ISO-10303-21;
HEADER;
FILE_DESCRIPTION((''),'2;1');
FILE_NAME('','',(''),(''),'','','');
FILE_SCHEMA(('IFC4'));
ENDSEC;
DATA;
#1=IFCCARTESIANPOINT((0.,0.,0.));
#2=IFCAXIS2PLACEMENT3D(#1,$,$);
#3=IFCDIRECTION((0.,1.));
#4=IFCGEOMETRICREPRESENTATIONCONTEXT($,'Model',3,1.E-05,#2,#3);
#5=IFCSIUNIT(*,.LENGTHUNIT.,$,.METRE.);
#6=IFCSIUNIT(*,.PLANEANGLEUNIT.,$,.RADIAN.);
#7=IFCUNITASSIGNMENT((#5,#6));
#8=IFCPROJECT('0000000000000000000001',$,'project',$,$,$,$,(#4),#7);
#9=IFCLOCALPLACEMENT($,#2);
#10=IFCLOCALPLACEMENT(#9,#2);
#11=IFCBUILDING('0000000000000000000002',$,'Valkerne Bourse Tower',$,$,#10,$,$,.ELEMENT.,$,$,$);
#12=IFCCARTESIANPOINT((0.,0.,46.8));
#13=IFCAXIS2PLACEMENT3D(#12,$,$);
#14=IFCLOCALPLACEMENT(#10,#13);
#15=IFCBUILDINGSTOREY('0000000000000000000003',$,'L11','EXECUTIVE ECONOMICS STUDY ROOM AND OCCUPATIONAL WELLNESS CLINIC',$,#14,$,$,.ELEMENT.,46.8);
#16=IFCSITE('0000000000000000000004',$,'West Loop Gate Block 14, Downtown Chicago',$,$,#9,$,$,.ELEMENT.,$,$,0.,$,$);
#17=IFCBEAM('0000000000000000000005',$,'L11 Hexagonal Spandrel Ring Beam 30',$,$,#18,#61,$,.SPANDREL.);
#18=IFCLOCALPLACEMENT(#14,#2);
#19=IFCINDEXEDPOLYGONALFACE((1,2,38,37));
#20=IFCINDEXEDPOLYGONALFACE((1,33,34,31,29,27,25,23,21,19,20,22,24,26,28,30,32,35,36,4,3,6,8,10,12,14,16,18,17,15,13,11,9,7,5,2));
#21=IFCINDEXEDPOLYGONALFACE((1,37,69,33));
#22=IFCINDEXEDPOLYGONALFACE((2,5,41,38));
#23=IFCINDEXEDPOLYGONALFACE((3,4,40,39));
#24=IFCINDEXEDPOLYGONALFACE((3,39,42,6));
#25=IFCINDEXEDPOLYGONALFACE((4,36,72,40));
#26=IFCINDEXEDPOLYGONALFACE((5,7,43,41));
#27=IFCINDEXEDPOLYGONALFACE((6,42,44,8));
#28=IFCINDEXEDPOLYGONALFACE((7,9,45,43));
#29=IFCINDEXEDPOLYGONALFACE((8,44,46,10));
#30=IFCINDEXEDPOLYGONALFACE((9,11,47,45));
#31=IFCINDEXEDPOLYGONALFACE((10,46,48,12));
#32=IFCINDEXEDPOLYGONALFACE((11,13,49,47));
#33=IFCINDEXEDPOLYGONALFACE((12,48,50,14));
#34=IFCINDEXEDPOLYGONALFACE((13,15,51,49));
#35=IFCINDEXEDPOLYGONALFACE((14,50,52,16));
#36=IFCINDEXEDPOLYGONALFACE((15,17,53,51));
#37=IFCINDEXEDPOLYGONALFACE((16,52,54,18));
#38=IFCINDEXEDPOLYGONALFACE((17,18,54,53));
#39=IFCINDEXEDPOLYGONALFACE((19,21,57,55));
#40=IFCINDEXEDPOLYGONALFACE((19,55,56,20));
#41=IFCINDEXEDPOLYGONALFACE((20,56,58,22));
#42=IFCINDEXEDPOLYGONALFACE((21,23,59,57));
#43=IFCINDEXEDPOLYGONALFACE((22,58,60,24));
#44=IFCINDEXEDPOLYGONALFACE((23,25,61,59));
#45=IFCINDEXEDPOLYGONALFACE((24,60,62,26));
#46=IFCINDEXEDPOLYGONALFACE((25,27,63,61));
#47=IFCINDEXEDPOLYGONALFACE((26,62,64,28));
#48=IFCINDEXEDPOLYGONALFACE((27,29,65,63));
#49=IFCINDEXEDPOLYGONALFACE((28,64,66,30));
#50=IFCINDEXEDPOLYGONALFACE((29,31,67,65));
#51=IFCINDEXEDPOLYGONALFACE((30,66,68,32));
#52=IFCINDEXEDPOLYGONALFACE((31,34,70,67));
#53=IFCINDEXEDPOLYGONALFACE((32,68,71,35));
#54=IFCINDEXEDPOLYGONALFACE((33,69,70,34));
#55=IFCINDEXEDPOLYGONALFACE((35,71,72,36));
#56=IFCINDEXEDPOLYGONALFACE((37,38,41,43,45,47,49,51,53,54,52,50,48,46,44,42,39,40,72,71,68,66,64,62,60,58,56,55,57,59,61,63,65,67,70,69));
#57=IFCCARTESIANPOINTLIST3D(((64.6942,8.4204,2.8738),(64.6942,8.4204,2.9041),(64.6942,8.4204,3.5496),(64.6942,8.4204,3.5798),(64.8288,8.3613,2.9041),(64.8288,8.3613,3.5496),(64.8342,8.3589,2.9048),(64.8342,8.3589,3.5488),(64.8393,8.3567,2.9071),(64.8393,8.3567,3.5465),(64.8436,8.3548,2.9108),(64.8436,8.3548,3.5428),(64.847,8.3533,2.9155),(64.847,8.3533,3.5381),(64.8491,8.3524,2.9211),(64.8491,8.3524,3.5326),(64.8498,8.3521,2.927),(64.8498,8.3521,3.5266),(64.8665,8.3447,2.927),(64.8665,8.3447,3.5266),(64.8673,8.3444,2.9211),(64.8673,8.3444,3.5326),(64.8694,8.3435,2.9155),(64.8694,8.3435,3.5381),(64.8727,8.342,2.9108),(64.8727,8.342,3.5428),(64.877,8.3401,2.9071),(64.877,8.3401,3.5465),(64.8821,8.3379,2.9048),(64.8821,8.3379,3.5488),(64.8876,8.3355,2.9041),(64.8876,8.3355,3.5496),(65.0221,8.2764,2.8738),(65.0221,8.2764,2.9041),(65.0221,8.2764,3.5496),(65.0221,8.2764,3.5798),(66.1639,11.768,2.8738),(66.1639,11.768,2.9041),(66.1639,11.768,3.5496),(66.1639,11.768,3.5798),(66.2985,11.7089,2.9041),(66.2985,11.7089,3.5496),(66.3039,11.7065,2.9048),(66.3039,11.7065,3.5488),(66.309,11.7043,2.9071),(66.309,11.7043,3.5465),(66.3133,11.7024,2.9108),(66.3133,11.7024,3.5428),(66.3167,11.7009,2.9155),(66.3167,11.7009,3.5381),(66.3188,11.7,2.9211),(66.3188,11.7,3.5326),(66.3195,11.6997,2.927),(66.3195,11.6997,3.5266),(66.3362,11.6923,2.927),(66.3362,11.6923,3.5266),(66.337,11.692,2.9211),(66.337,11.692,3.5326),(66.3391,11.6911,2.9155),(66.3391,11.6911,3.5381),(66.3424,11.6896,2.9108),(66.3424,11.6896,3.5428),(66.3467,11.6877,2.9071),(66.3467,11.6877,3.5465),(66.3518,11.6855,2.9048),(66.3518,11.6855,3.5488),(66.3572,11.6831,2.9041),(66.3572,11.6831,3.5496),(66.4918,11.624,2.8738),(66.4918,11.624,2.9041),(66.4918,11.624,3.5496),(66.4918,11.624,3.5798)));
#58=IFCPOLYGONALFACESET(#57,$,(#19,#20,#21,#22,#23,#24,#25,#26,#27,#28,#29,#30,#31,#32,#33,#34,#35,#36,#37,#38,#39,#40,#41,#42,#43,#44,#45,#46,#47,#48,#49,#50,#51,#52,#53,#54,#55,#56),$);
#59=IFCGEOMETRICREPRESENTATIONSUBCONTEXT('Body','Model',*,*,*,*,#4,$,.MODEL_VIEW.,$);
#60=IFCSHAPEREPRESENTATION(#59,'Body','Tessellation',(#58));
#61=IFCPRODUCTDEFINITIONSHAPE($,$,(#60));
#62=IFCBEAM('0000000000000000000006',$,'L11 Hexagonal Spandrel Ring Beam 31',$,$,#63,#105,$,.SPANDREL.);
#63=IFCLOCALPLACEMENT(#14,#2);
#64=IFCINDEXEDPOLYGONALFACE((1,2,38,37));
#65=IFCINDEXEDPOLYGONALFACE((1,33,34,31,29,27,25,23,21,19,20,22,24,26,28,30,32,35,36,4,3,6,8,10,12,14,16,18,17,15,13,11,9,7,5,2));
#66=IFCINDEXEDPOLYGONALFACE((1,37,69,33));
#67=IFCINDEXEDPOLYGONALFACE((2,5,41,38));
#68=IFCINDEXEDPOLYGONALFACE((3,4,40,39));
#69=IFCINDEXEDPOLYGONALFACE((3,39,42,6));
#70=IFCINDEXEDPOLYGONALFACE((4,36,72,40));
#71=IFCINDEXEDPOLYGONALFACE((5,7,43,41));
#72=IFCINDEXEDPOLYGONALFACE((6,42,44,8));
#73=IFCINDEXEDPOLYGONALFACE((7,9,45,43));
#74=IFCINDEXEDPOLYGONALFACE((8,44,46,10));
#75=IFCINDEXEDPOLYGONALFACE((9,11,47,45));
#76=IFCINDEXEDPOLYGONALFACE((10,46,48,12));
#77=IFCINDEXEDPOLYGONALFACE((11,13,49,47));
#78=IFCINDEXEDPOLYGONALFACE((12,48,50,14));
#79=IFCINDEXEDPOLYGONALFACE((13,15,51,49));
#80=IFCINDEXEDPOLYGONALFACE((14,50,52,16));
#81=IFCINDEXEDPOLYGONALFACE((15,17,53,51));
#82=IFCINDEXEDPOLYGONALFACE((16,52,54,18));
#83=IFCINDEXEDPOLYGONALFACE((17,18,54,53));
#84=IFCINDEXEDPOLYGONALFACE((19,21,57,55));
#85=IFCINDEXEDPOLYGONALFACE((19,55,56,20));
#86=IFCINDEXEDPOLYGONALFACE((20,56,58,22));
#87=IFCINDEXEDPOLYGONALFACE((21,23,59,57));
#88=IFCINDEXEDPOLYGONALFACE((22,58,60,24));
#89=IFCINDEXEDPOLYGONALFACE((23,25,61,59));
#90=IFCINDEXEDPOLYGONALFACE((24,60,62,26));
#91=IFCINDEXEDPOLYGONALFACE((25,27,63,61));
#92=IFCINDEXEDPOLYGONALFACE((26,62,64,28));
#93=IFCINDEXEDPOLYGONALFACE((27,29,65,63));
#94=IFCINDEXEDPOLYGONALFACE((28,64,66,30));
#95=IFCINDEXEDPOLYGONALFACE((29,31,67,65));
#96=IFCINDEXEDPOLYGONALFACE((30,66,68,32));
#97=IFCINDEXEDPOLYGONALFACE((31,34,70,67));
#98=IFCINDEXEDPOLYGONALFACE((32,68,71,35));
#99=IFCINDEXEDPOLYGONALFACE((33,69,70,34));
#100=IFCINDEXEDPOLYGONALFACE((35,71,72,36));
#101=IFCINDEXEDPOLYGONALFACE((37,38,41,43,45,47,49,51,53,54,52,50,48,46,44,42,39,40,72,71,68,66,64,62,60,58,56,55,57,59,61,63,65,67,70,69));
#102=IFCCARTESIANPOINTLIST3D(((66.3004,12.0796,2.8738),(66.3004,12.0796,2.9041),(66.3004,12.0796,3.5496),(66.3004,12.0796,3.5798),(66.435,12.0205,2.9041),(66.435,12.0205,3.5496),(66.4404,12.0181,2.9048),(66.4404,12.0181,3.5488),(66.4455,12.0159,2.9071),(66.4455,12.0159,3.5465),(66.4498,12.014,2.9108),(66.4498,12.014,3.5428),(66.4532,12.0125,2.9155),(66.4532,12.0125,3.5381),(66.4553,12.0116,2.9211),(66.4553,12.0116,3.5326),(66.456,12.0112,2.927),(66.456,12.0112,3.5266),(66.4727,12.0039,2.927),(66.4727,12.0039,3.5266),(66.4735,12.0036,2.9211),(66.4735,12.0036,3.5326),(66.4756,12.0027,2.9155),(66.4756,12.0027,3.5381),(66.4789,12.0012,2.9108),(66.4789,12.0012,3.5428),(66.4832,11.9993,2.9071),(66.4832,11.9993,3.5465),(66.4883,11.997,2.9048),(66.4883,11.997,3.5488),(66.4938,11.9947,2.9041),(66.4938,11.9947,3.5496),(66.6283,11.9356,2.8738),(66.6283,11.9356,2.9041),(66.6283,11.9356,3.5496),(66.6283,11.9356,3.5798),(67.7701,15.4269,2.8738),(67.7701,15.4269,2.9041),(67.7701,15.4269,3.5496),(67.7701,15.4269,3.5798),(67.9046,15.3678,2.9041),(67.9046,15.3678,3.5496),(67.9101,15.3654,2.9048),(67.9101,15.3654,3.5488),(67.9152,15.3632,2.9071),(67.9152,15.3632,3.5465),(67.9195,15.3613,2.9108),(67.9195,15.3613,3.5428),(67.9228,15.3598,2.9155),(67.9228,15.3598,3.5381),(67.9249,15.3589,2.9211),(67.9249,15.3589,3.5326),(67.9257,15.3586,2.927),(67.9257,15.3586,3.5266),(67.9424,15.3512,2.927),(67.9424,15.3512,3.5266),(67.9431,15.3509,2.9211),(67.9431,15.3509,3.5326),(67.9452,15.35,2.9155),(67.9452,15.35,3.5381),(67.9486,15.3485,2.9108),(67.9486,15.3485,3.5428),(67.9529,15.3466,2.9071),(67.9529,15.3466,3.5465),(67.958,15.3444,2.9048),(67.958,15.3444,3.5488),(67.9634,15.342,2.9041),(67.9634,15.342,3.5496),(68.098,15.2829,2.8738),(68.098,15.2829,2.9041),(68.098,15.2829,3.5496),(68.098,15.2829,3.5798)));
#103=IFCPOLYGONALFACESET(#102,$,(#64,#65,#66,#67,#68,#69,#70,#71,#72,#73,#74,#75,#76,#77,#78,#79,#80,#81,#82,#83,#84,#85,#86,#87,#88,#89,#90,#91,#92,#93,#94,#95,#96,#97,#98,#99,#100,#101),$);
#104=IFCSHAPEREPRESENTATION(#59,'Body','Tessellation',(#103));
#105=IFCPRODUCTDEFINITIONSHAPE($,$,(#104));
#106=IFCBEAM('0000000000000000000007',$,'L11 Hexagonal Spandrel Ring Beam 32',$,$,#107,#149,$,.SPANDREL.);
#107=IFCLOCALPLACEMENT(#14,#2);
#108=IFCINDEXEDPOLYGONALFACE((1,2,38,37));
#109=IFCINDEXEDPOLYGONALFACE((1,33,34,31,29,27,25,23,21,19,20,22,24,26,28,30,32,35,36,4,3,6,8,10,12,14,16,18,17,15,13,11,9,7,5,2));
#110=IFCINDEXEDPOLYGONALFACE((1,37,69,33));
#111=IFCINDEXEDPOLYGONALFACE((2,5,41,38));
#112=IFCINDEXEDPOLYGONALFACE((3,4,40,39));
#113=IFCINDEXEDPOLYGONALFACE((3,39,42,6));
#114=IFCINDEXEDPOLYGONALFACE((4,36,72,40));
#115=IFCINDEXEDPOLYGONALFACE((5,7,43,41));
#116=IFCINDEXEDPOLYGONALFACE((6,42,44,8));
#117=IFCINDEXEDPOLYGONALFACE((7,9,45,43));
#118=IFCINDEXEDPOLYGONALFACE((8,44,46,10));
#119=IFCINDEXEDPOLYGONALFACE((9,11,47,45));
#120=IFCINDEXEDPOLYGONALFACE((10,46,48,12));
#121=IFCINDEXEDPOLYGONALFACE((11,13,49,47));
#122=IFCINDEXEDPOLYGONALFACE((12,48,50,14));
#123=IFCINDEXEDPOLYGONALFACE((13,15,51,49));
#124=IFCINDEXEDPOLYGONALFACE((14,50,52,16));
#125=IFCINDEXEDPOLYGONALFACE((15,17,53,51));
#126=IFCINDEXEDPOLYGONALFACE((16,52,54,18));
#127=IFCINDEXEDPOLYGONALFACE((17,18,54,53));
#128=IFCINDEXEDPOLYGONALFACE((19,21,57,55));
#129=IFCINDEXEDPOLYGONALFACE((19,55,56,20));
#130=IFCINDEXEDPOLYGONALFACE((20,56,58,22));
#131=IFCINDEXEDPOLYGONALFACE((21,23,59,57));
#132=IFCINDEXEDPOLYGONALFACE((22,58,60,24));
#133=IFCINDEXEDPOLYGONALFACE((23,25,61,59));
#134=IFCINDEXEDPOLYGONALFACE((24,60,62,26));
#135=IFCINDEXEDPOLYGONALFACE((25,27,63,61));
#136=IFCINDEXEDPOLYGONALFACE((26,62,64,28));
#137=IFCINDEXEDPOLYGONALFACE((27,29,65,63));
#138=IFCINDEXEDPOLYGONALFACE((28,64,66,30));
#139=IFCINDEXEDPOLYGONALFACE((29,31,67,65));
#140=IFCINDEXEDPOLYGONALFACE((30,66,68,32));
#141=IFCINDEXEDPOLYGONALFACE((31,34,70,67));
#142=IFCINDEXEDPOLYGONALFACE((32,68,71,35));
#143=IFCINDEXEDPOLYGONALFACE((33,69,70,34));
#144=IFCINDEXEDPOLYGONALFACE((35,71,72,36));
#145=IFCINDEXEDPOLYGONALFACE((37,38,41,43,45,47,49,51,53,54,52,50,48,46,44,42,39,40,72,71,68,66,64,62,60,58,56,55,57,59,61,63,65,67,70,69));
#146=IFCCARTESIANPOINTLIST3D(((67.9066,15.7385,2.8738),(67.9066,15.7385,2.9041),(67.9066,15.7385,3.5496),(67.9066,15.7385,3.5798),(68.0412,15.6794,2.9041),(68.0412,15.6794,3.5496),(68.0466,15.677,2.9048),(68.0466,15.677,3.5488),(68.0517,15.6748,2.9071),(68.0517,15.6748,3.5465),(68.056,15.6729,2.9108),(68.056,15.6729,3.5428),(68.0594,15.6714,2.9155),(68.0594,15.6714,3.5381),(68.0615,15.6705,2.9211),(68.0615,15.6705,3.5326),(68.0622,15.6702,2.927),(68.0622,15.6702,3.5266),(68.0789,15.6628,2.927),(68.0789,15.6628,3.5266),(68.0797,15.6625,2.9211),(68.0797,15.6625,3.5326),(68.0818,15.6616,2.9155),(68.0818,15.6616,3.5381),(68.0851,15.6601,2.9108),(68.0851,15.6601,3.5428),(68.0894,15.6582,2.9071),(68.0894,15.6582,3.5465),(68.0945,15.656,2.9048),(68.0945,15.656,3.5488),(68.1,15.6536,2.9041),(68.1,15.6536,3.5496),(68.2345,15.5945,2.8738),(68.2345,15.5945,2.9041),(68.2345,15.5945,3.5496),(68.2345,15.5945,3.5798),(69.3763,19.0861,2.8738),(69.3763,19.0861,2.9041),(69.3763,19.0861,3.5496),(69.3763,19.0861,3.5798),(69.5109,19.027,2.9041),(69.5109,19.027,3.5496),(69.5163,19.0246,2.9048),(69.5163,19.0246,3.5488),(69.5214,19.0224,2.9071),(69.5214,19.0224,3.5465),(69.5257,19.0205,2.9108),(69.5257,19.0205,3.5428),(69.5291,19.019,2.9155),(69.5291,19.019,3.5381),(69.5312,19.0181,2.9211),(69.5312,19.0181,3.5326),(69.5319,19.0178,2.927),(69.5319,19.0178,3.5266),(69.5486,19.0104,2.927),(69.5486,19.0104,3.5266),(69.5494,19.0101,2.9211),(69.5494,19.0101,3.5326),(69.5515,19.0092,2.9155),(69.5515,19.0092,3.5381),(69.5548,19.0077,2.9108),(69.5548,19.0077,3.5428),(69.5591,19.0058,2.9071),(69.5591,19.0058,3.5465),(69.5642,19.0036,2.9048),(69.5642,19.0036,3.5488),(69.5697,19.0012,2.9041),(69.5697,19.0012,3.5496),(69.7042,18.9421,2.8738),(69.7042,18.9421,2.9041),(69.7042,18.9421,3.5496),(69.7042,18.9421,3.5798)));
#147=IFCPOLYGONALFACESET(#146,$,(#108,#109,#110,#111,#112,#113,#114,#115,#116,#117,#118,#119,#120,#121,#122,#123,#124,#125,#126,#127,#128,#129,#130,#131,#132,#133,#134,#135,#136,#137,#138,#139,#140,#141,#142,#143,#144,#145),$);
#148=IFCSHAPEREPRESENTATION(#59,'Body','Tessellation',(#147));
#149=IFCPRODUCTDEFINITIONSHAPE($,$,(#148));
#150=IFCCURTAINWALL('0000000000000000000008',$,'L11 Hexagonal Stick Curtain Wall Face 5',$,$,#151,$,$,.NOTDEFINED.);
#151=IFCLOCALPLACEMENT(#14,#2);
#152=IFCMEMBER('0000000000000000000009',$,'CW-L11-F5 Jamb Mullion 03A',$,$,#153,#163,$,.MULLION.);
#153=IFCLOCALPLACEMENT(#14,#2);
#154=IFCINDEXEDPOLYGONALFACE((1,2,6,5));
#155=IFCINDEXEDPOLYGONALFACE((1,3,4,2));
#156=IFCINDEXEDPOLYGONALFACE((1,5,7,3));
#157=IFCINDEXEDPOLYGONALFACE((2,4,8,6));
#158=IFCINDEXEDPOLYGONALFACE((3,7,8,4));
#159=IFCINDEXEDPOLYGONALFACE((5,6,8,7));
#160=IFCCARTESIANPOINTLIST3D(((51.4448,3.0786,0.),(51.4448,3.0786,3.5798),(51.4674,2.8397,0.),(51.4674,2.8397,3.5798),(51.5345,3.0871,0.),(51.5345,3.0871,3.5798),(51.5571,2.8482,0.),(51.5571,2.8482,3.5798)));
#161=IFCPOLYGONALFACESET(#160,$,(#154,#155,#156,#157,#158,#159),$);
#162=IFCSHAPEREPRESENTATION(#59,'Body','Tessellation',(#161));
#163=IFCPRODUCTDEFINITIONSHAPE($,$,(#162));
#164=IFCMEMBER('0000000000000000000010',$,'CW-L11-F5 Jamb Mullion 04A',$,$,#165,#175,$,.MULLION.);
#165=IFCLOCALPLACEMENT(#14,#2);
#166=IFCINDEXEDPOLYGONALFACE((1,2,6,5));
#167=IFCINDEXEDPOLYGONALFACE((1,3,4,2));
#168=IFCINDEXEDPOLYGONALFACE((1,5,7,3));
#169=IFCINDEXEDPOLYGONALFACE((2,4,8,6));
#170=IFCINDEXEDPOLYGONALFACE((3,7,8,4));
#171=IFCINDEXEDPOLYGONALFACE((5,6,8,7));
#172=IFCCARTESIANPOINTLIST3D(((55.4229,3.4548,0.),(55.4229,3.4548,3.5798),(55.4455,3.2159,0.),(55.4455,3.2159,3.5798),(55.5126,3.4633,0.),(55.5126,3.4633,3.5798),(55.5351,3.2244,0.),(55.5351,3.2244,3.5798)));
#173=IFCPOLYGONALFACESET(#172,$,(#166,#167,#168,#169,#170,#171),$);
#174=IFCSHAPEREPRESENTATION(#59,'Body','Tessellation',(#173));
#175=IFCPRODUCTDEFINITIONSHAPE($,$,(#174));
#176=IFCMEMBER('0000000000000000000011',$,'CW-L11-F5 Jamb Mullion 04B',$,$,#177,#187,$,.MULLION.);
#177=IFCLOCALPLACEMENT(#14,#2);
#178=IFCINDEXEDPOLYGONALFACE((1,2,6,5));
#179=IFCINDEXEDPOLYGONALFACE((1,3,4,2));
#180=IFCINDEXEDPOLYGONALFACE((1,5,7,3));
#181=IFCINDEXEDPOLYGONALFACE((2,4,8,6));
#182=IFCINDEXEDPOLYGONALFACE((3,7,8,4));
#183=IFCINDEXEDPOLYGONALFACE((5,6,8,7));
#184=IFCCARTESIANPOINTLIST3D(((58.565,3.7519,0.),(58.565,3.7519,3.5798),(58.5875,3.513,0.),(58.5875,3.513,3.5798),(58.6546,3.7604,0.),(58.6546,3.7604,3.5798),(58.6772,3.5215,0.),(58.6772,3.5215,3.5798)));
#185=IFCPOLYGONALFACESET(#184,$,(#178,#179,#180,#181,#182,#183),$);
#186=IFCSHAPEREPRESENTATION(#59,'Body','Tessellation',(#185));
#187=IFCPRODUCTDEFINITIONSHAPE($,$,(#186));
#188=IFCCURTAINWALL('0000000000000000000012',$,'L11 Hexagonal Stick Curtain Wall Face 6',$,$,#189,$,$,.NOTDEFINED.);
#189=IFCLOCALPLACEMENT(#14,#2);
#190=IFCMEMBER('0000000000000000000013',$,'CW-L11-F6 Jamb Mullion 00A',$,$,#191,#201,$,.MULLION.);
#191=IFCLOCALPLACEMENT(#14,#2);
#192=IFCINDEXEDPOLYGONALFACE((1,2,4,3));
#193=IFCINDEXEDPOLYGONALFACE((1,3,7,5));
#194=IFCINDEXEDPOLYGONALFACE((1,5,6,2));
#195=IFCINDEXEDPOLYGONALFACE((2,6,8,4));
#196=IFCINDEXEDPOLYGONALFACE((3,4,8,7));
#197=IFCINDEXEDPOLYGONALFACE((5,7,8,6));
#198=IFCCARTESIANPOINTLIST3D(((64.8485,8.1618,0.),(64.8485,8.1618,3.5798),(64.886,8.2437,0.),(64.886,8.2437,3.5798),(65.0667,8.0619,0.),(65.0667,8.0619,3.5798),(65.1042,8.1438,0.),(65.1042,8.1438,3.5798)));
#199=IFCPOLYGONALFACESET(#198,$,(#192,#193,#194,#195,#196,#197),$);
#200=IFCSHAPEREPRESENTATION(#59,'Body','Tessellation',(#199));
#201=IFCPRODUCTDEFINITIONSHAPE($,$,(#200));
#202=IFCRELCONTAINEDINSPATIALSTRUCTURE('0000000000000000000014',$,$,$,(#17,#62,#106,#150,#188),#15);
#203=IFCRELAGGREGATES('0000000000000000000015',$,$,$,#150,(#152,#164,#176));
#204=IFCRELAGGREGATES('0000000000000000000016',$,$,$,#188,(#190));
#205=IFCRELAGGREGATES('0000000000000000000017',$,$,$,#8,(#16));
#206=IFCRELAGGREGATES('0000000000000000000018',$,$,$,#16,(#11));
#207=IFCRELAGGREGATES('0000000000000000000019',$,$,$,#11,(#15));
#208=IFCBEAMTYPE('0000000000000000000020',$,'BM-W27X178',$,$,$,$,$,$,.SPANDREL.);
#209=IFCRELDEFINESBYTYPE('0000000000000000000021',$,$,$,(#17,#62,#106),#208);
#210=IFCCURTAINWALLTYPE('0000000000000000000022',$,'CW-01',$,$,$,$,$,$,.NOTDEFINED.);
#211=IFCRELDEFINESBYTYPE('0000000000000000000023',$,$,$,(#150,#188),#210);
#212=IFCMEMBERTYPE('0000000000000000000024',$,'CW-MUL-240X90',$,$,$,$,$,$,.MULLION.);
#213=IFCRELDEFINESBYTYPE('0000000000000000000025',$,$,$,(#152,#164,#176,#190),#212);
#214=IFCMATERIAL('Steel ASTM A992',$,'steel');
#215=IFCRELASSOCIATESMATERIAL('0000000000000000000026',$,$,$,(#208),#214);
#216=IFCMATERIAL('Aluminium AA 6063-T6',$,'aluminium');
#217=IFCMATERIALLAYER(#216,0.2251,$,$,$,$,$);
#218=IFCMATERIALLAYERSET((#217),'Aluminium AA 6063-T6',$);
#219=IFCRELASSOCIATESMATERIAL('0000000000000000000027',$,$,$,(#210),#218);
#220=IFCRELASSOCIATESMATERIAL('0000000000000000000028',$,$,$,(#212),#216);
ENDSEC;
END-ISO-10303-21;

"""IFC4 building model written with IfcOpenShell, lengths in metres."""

from ifc_helpers import new_model, si_unit, direction, frame, origin, origin_2d, place, context, subcontext, project, spatial, rectangle, i_section, extrude, material, layer, layer_set, material_profile, profile_set, type_object, element, aggregate, save


model = new_model("IFC4")

# Units and contexts
model_context = context("Model", 3, precision=1e-05, world=origin(), true_north=direction((0.0, 1.0)))
body_context = subcontext(model_context, "Body", "Model", "MODEL_VIEW")
ifc_project = project(units=[si_unit("LENGTHUNIT", "METRE"), si_unit("PLANEANGLEUNIT", "RADIAN")], contexts=[model_context])

# Site, building, storey
site_placement = place(None, origin())
site = spatial("IfcSite", under=ifc_project, at=site_placement, Name="West Loop Gate Block 14, Downtown Chicago", CompositionType="ELEMENT", RefElevation=0.0)
building_placement = place(site_placement, origin())
building = spatial("IfcBuilding", under=site, at=building_placement, Name="Valkerne Bourse Tower", CompositionType="ELEMENT")
storey_placement = place(building_placement, frame((0.0, 0.0, 46.8)))
storey = spatial("IfcBuildingStorey", under=building, at=storey_placement, Name="L11", Description="EXECUTIVE ECONOMICS STUDY ROOM AND OCCUPATIONAL WELLNESS CLINIC", CompositionType="ELEMENT", Elevation=46.8)

# Beams
ifc_material_1 = material(Name="Steel ASTM A992", Category="steel")
ifc_material_profile_1 = material_profile(ifc_material_1, i_section(OverallWidth=0.3582, OverallDepth=0.7061, WebThickness=0.0183, FlangeThickness=0.0303, FilletRadius=0.0229, at=origin_2d()), Name="W27X178")
ifc_profile_set_1 = profile_set([ifc_material_profile_1], Name="Steel ASTM A992")
beam_type = type_object("IfcBeamType", Name="BM-W27X178", PredefinedType="SPANDREL", material=ifc_profile_set_1)
beam_1_placement = place(storey_placement, frame((64.8582, 8.3484, 3.2268), z_axis=(0.401996, 0.915642, 0.0), x_axis=(-0.915642, 0.401996, 0.0)))
element("IfcBeam", 1, at=beam_1_placement, inside=storey, type_object=beam_type, Name="L11 Hexagonal Spandrel Ring Beam 30", PredefinedType="SPANDREL", context=body_context, shape_type="SweptSolid", body=[
    extrude(i_section(OverallWidth=0.3582, OverallDepth=0.7061, WebThickness=0.0183, FlangeThickness=0.0303, FilletRadius=0.0229, at=origin_2d()), origin(), (0.0, 0.0, 1.0), 3.656),
])
beam_2_placement = place(storey_placement, frame((66.4644, 12.0076, 3.2268), z_axis=(0.40202, 0.915631, 0.0), x_axis=(-0.915631, 0.40202, 0.0)))
element("IfcBeam", 2, at=beam_2_placement, inside=storey, type_object=beam_type, Name="L11 Hexagonal Spandrel Ring Beam 31", PredefinedType="SPANDREL", context=body_context, shape_type="SweptSolid", body=[
    extrude(i_section(OverallWidth=0.3582, OverallDepth=0.7061, WebThickness=0.0183, FlangeThickness=0.0303, FilletRadius=0.0229, at=origin_2d()), origin(), (0.0, 0.0, 1.0), 3.6558),
])
beam_3_placement = place(storey_placement, frame((68.0706, 15.6665, 3.2268), z_axis=(0.401996, 0.915642, 0.0), x_axis=(-0.915642, 0.401996, 0.0)))
element("IfcBeam", 3, at=beam_3_placement, inside=storey, type_object=beam_type, Name="L11 Hexagonal Spandrel Ring Beam 32", PredefinedType="SPANDREL", context=body_context, shape_type="SweptSolid", body=[
    extrude(i_section(OverallWidth=0.3582, OverallDepth=0.7061, WebThickness=0.0183, FlangeThickness=0.0303, FilletRadius=0.0229, at=origin_2d()), origin(), (0.0, 0.0, 1.0), 3.656),
])

# Curtain walls, members
ifc_material_2 = material(Name="Aluminium AA 6063-T6", Category="aluminium")
ifc_layer_1 = layer(ifc_material_2, 0.2251)
ifc_layer_set_1 = layer_set([ifc_layer_1], Name="Aluminium AA 6063-T6")
curtain_wall_type = type_object("IfcCurtainWallType", Name="CW-01", PredefinedType="NOTDEFINED", material=ifc_layer_set_1)
curtain_wall_1_placement = place(storey_placement, origin())
curtain_wall_1 = element("IfcCurtainWall", 4, at=curtain_wall_1_placement, inside=storey, type_object=curtain_wall_type, Name="L11 Hexagonal Stick Curtain Wall Face 5", PredefinedType="NOTDEFINED")
ifc_material_profile_2 = material_profile(ifc_material_2, rectangle(XDim=0.0901, YDim=0.24, at=origin_2d()), Name="CWM-90X240")
ifc_profile_set_2 = profile_set([ifc_material_profile_2], Name="Aluminium AA 6063-T6")
member_type_1 = type_object("IfcMemberType", Name="CW-MUL-240X90", PredefinedType="MULLION", material=ifc_profile_set_2)
member_1_placement = place(storey_placement, frame((51.501, 2.9634, 0.0), z_axis=(0.0, 0.0, 1.0), x_axis=(0.995563, 0.094096, 0.0)))
member_1 = element("IfcMember", 5, at=member_1_placement, type_object=member_type_1, Name="CW-L11-F5 Jamb Mullion 03A", PredefinedType="MULLION", context=body_context, shape_type="SweptSolid", body=[
    extrude(rectangle(XDim=0.0901, YDim=0.24, at=origin_2d()), origin(), (0.0, 0.0, 1.0), 3.5798),
])
member_2_placement = place(storey_placement, frame((55.479, 3.3396, 0.0), z_axis=(0.0, 0.0, 1.0), x_axis=(0.995561, 0.094118, 0.0)))
member_2 = element("IfcMember", 6, at=member_2_placement, type_object=member_type_1, Name="CW-L11-F5 Jamb Mullion 04A", PredefinedType="MULLION", context=body_context, shape_type="SweptSolid", body=[
    extrude(rectangle(XDim=0.0901, YDim=0.24, at=origin_2d()), origin(), (0.0, 0.0, 1.0), 3.5798),
])
member_3_placement = place(storey_placement, frame((58.6211, 3.6367, 0.0), z_axis=(0.0, 0.0, 1.0), x_axis=(0.995561, 0.094118, 0.0)))
member_3 = element("IfcMember", 7, at=member_3_placement, type_object=member_type_1, Name="CW-L11-F5 Jamb Mullion 04B", PredefinedType="MULLION", context=body_context, shape_type="SweptSolid", body=[
    extrude(rectangle(XDim=0.0901, YDim=0.24, at=origin_2d()), origin(), (0.0, 0.0, 1.0), 3.5798),
])
curtain_wall_2_placement = place(storey_placement, origin())
curtain_wall_2 = element("IfcCurtainWall", 8, at=curtain_wall_2_placement, inside=storey, type_object=curtain_wall_type, Name="L11 Hexagonal Stick Curtain Wall Face 6", PredefinedType="NOTDEFINED")
member_4_placement = place(storey_placement, frame((64.9763, 8.1528, 0.0), z_axis=(0.0, 0.0, 1.0), x_axis=(0.41629, 0.909232, 0.0)))
member_4 = element("IfcMember", 9, at=member_4_placement, type_object=member_type_1, Name="CW-L11-F6 Jamb Mullion 00A", PredefinedType="MULLION", context=body_context, shape_type="SweptSolid", body=[
    extrude(rectangle(XDim=0.0901, YDim=0.24, at=origin_2d()), origin(), (0.0, 0.0, 1.0), 3.5798),
])

aggregate(curtain_wall_1, [member_1, member_2, member_3])
aggregate(curtain_wall_2, [member_4])

save(model, "model.ifc")
